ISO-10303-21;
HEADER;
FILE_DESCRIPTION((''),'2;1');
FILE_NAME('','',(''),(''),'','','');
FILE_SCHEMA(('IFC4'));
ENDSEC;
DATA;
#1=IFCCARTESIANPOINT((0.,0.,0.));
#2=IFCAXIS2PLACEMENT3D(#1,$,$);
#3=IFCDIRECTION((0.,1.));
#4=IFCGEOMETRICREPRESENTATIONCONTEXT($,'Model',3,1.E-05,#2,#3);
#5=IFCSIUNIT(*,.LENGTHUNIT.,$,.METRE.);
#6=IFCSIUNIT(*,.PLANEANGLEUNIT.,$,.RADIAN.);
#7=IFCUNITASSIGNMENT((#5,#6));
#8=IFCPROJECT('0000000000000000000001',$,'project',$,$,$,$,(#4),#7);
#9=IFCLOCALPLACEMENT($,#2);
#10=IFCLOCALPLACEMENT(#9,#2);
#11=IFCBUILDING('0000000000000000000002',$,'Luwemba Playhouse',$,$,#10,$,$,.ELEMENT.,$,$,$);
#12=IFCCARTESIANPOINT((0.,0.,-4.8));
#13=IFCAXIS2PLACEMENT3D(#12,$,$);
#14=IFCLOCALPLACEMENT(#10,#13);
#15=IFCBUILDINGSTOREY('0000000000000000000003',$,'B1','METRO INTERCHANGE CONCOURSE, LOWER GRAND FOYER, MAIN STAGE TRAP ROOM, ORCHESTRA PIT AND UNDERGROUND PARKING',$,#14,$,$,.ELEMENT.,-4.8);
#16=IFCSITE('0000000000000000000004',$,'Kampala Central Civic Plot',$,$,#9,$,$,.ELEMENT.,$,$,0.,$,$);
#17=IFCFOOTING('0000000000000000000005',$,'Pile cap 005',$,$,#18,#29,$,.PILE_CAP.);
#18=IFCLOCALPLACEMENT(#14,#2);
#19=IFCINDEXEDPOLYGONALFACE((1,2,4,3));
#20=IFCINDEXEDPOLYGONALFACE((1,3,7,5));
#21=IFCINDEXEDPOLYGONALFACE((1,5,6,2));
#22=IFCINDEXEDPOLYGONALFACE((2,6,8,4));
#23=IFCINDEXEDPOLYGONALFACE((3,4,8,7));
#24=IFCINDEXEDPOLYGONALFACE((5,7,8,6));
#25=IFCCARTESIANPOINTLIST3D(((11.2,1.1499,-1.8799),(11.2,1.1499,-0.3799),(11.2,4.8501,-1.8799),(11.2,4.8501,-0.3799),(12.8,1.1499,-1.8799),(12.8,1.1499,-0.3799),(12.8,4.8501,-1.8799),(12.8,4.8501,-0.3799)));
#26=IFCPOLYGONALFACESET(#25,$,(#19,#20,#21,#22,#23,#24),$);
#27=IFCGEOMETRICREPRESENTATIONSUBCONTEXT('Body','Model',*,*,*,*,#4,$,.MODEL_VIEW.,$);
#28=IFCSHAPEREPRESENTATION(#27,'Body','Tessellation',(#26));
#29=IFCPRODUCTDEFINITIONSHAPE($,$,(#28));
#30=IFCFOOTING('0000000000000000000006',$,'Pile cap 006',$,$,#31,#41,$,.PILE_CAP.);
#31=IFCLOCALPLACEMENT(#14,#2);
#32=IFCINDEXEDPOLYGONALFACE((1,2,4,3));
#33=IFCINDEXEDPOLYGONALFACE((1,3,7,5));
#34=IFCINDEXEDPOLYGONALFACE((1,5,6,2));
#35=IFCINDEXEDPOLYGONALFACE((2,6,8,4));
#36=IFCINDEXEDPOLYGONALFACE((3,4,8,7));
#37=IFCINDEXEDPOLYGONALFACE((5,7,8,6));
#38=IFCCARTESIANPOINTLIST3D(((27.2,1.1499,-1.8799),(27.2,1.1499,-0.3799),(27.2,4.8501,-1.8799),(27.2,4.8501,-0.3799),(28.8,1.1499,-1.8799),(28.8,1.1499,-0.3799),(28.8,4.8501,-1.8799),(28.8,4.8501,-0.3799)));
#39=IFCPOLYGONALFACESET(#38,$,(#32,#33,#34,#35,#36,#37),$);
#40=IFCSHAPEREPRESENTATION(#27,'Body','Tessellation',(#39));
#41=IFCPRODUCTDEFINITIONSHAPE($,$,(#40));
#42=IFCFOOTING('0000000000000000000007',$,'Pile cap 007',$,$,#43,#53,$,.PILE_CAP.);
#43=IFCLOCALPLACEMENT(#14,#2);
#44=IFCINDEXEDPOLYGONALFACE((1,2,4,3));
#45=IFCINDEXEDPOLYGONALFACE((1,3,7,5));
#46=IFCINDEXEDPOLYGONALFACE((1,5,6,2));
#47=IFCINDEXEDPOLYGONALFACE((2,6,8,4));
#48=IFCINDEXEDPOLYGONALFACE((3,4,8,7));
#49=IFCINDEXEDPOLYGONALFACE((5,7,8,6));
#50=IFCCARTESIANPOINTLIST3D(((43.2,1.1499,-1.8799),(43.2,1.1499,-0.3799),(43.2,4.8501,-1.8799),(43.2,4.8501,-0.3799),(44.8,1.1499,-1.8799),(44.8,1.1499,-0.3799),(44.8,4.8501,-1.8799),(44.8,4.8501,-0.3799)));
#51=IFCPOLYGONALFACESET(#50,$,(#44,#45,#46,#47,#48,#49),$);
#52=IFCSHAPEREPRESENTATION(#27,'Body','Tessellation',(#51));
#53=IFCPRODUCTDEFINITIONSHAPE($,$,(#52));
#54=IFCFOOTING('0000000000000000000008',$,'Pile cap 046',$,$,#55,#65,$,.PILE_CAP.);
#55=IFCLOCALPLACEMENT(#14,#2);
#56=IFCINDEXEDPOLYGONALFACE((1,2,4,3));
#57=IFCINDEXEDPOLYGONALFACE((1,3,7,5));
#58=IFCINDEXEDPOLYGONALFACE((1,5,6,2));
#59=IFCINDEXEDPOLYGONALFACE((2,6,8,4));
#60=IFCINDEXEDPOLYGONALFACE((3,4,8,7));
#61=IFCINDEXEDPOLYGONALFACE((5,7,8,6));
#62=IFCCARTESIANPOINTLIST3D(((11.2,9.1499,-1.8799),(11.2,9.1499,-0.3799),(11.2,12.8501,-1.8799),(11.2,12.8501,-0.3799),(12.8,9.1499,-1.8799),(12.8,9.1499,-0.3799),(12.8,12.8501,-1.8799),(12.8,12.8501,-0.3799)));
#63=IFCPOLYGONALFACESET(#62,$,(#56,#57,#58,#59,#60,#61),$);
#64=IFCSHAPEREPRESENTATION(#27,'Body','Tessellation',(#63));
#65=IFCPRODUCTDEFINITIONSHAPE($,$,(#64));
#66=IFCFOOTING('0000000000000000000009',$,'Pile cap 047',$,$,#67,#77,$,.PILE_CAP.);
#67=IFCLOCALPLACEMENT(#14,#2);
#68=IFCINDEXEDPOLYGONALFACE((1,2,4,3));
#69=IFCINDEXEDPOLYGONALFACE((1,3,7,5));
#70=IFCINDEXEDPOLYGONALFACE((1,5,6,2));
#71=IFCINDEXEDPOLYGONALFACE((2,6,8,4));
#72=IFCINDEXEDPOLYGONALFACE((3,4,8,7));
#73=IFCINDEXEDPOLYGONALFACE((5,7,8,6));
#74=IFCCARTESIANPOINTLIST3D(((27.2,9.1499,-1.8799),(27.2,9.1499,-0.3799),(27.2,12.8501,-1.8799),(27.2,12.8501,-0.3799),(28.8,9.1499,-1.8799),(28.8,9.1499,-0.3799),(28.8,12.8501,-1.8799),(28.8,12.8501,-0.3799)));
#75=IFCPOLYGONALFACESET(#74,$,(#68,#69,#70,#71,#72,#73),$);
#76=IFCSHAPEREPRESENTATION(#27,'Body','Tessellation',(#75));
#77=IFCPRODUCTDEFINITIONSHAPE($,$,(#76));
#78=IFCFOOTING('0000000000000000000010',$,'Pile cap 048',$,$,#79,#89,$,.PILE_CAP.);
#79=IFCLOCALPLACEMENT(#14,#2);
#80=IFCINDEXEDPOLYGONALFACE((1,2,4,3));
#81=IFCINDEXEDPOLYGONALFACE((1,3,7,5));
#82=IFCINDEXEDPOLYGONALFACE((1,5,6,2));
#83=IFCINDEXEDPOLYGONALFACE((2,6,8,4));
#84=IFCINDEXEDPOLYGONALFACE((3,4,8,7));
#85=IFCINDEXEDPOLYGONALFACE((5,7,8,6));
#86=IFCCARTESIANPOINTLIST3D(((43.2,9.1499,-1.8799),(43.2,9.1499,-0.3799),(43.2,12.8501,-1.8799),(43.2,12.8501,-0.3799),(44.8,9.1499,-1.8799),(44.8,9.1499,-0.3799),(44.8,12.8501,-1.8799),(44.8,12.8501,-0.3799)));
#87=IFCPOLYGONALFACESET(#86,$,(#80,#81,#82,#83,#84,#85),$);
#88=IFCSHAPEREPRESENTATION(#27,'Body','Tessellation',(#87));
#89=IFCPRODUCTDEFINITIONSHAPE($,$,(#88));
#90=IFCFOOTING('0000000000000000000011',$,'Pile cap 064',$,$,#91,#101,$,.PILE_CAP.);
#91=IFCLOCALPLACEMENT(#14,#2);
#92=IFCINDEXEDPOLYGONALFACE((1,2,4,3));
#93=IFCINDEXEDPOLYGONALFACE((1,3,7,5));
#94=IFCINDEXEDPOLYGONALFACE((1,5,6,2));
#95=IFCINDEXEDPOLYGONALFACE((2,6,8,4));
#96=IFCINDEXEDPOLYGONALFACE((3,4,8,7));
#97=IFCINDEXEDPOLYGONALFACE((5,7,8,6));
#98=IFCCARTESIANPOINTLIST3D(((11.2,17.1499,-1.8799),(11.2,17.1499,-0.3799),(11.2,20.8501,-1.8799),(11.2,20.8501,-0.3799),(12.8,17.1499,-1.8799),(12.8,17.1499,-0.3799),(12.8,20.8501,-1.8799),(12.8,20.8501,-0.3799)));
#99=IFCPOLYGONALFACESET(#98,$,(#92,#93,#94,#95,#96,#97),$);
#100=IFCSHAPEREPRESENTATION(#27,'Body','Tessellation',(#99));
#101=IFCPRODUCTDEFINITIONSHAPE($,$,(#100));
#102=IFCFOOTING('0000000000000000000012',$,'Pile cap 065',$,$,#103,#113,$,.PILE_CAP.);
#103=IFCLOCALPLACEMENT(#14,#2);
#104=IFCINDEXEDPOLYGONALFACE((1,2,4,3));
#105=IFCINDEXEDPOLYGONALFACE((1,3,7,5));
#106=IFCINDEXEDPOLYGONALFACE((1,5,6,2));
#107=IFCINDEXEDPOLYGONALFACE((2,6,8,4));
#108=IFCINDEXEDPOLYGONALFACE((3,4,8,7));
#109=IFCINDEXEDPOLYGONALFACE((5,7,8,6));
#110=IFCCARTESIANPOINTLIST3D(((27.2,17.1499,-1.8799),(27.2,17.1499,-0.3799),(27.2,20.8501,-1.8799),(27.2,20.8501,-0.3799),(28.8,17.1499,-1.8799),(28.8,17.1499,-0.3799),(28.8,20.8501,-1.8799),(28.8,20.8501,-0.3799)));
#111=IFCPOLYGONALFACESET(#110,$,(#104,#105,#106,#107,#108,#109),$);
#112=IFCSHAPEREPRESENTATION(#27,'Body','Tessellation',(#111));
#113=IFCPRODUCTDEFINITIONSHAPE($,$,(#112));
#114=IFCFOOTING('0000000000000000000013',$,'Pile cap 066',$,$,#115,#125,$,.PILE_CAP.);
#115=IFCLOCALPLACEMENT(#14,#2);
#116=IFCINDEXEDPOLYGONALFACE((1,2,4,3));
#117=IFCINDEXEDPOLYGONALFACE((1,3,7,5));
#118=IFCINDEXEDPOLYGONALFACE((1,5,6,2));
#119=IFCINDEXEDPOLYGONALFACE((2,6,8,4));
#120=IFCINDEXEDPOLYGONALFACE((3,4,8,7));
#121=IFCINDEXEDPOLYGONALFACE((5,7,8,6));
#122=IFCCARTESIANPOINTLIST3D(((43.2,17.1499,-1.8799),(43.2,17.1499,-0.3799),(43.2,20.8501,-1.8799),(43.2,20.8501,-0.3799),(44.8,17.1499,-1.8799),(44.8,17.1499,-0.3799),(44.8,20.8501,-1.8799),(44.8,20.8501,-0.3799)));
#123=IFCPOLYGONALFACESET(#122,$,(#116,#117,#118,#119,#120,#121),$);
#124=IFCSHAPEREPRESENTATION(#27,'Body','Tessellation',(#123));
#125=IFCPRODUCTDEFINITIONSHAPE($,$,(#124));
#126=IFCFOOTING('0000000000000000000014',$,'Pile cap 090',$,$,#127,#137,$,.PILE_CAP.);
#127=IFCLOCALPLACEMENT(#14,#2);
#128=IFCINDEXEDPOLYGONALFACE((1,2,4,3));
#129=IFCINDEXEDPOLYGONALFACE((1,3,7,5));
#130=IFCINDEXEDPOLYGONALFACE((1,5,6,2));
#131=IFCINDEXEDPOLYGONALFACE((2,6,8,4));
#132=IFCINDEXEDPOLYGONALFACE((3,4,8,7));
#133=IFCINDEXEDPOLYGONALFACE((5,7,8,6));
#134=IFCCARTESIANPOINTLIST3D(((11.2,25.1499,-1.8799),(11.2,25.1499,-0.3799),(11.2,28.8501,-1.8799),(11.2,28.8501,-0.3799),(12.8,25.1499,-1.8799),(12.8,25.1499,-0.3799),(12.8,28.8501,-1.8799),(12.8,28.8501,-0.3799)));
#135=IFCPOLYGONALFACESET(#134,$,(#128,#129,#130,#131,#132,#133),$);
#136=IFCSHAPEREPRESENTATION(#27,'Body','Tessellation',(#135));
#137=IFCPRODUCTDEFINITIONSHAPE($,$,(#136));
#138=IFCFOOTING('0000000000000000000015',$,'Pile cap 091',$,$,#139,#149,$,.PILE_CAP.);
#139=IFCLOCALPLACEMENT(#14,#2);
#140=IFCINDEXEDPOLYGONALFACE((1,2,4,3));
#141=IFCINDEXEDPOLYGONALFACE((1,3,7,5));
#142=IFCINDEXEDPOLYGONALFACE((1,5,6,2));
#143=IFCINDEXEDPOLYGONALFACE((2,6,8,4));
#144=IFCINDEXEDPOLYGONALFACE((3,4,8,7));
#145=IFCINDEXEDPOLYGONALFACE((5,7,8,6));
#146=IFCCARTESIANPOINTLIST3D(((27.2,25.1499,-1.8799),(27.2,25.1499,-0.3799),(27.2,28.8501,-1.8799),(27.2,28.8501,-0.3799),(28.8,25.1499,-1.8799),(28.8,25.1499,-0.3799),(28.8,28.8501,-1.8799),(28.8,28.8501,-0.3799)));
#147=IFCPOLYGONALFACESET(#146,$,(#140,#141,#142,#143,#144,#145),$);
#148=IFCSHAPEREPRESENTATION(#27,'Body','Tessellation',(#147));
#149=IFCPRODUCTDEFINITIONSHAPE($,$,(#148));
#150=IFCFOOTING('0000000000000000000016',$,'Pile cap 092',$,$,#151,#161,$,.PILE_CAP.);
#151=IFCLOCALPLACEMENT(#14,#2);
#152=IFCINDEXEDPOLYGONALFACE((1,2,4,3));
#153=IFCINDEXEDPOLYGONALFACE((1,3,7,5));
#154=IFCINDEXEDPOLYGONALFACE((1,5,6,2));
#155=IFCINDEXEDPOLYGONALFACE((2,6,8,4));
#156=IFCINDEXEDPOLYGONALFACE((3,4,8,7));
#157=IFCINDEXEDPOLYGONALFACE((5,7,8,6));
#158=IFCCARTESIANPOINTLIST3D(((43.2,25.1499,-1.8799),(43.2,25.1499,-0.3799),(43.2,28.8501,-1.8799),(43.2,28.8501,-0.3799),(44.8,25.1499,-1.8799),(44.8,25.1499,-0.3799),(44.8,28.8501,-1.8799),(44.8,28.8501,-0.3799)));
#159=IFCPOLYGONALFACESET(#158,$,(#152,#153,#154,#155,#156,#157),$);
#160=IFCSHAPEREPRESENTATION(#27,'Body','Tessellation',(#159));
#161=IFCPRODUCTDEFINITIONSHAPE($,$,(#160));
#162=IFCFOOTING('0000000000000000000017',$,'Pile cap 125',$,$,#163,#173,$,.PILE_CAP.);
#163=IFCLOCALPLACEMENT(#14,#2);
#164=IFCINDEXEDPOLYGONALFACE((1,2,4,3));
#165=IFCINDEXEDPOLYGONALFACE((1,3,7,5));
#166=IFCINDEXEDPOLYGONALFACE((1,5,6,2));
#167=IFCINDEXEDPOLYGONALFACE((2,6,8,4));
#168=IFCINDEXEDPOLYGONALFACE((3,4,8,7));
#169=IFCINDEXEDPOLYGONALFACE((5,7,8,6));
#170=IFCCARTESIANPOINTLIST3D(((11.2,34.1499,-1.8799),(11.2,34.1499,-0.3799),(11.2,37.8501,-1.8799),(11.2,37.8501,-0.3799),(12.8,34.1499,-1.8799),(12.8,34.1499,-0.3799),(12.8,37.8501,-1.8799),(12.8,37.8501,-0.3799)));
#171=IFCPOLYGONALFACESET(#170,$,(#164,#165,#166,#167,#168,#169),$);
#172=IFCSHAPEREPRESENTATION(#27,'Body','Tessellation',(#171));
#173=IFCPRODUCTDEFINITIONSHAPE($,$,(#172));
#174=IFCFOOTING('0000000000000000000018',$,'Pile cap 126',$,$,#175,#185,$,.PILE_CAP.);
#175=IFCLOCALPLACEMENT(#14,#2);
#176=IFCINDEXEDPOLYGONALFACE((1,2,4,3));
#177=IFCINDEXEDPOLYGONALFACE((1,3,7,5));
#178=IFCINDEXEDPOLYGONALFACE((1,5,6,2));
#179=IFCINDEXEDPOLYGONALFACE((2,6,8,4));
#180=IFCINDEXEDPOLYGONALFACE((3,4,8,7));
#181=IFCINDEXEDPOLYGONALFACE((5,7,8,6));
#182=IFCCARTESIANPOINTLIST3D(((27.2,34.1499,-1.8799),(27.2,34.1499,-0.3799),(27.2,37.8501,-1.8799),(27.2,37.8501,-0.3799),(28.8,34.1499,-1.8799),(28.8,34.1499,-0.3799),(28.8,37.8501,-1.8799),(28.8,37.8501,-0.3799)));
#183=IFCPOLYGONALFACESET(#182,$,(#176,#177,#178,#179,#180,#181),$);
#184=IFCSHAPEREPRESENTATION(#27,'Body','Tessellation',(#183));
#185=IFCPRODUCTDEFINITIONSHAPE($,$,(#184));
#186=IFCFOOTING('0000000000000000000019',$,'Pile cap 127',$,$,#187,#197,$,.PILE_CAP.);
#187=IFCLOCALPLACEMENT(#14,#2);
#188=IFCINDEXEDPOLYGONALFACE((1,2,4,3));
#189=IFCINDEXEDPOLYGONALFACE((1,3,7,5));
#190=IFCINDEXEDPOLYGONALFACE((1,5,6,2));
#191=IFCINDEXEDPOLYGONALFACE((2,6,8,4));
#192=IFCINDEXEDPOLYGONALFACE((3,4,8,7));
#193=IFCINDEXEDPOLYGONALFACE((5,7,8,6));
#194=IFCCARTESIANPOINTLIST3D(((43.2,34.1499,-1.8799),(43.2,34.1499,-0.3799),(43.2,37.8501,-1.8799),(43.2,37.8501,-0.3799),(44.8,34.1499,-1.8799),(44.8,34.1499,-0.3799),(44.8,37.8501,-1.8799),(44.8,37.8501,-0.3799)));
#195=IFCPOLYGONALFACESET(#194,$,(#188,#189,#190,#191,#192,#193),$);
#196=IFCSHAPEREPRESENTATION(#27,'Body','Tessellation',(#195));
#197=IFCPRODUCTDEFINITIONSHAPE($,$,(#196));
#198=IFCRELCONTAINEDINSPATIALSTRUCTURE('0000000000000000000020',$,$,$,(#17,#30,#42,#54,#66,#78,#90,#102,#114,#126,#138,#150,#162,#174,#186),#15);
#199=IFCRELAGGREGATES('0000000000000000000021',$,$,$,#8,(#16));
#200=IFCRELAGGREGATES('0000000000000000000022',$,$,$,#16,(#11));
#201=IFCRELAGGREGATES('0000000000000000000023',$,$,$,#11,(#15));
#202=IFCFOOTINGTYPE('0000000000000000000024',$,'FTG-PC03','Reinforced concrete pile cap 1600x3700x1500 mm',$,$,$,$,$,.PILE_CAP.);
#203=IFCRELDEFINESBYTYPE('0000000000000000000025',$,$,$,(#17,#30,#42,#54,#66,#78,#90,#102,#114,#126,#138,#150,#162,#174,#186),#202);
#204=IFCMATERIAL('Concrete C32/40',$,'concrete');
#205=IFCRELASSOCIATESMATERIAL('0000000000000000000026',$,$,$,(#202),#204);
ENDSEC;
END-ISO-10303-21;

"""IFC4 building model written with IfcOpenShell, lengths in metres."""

from ifc_helpers import new_model, si_unit, direction, frame, origin, place, context, subcontext, project, spatial, polyline, outline, extrude, material, type_object, element, save


model = new_model("IFC4")

# Units and contexts
model_context = context("Model", 3, precision=1e-05, world=origin(), true_north=direction((0.0, 1.0)))
body_context = subcontext(model_context, "Body", "Model", "MODEL_VIEW")
ifc_project = project(units=[si_unit("LENGTHUNIT", "METRE"), si_unit("PLANEANGLEUNIT", "RADIAN")], contexts=[model_context])

# Site, building, storey
site_placement = place(None, origin())
site = spatial("IfcSite", under=ifc_project, at=site_placement, Name="Kampala Central Civic Plot", CompositionType="ELEMENT", RefElevation=0.0)
building_placement = place(site_placement, origin())
building = spatial("IfcBuilding", under=site, at=building_placement, Name="Luwemba Playhouse", CompositionType="ELEMENT")
storey_placement = place(building_placement, frame((0.0, 0.0, -4.8)))
storey = spatial("IfcBuildingStorey", under=building, at=storey_placement, Name="B1", Description="METRO INTERCHANGE CONCOURSE, LOWER GRAND FOYER, MAIN STAGE TRAP ROOM, ORCHESTRA PIT AND UNDERGROUND PARKING", CompositionType="ELEMENT", Elevation=-4.8)

# Footings
ifc_material = material(Name="Concrete C32/40", Category="concrete")
footing_type_1 = type_object("IfcFootingType", Name="FTG-PC03", Description="Reinforced concrete pile cap 1600x3700x1500 mm", PredefinedType="PILE_CAP", material=ifc_material)
footing_1_placement = place(storey_placement, frame((0.0, 0.0, -1.8799)))
element("IfcFooting", 1, at=footing_1_placement, inside=storey, type_object=footing_type_1, Name="Pile cap 005", PredefinedType="PILE_CAP", context=body_context, shape_type="SweptSolid", body=[
    extrude(outline(polyline([(11.2, 1.1499), (12.8, 1.1499), (12.8, 4.8501), (11.2, 4.8501), (11.2, 1.1499)])), origin(), (0.0, 0.0, 1.0), 1.5),
])
footing_2_placement = place(storey_placement, frame((0.0, 0.0, -1.8799)))
element("IfcFooting", 2, at=footing_2_placement, inside=storey, type_object=footing_type_1, Name="Pile cap 006", PredefinedType="PILE_CAP", context=body_context, shape_type="SweptSolid", body=[
    extrude(outline(polyline([(27.2, 1.1499), (28.8, 1.1499), (28.8, 4.8501), (27.2, 4.8501), (27.2, 1.1499)])), origin(), (0.0, 0.0, 1.0), 1.5),
])
footing_3_placement = place(storey_placement, frame((0.0, 0.0, -1.8799)))
element("IfcFooting", 3, at=footing_3_placement, inside=storey, type_object=footing_type_1, Name="Pile cap 007", PredefinedType="PILE_CAP", context=body_context, shape_type="SweptSolid", body=[
    extrude(outline(polyline([(43.2, 1.1499), (44.8, 1.1499), (44.8, 4.8501), (43.2, 4.8501), (43.2, 1.1499)])), origin(), (0.0, 0.0, 1.0), 1.5),
])
footing_4_placement = place(storey_placement, frame((0.0, 0.0, -1.8799)))
element("IfcFooting", 4, at=footing_4_placement, inside=storey, type_object=footing_type_1, Name="Pile cap 046", PredefinedType="PILE_CAP", context=body_context, shape_type="SweptSolid", body=[
    extrude(outline(polyline([(11.2, 9.1499), (12.8, 9.1499), (12.8, 12.8501), (11.2, 12.8501), (11.2, 9.1499)])), origin(), (0.0, 0.0, 1.0), 1.5),
])
footing_5_placement = place(storey_placement, frame((0.0, 0.0, -1.8799)))
element("IfcFooting", 5, at=footing_5_placement, inside=storey, type_object=footing_type_1, Name="Pile cap 047", PredefinedType="PILE_CAP", context=body_context, shape_type="SweptSolid", body=[
    extrude(outline(polyline([(27.2, 9.1499), (28.8, 9.1499), (28.8, 12.8501), (27.2, 12.8501), (27.2, 9.1499)])), origin(), (0.0, 0.0, 1.0), 1.5),
])
footing_6_placement = place(storey_placement, frame((0.0, 0.0, -1.8799)))
element("IfcFooting", 6, at=footing_6_placement, inside=storey, type_object=footing_type_1, Name="Pile cap 048", PredefinedType="PILE_CAP", context=body_context, shape_type="SweptSolid", body=[
    extrude(outline(polyline([(43.2, 9.1499), (44.8, 9.1499), (44.8, 12.8501), (43.2, 12.8501), (43.2, 9.1499)])), origin(), (0.0, 0.0, 1.0), 1.5),
])
footing_7_placement = place(storey_placement, frame((0.0, 0.0, -1.8799)))
element("IfcFooting", 7, at=footing_7_placement, inside=storey, type_object=footing_type_1, Name="Pile cap 064", PredefinedType="PILE_CAP", context=body_context, shape_type="SweptSolid", body=[
    extrude(outline(polyline([(11.2, 17.1499), (12.8, 17.1499), (12.8, 20.8501), (11.2, 20.8501), (11.2, 17.1499)])), origin(), (0.0, 0.0, 1.0), 1.5),
])
footing_8_placement = place(storey_placement, frame((0.0, 0.0, -1.8799)))
element("IfcFooting", 8, at=footing_8_placement, inside=storey, type_object=footing_type_1, Name="Pile cap 065", PredefinedType="PILE_CAP", context=body_context, shape_type="SweptSolid", body=[
    extrude(outline(polyline([(27.2, 17.1499), (28.8, 17.1499), (28.8, 20.8501), (27.2, 20.8501), (27.2, 17.1499)])), origin(), (0.0, 0.0, 1.0), 1.5),
])
footing_9_placement = place(storey_placement, frame((0.0, 0.0, -1.8799)))
element("IfcFooting", 9, at=footing_9_placement, inside=storey, type_object=footing_type_1, Name="Pile cap 066", PredefinedType="PILE_CAP", context=body_context, shape_type="SweptSolid", body=[
    extrude(outline(polyline([(43.2, 17.1499), (44.8, 17.1499), (44.8, 20.8501), (43.2, 20.8501), (43.2, 17.1499)])), origin(), (0.0, 0.0, 1.0), 1.5),
])
footing_10_placement = place(storey_placement, frame((0.0, 0.0, -1.8799)))
element("IfcFooting", 10, at=footing_10_placement, inside=storey, type_object=footing_type_1, Name="Pile cap 090", PredefinedType="PILE_CAP", context=body_context, shape_type="SweptSolid", body=[
    extrude(outline(polyline([(11.2, 25.1499), (12.8, 25.1499), (12.8, 28.8501), (11.2, 28.8501), (11.2, 25.1499)])), origin(), (0.0, 0.0, 1.0), 1.5),
])
footing_11_placement = place(storey_placement, frame((0.0, 0.0, -1.8799)))
element("IfcFooting", 11, at=footing_11_placement, inside=storey, type_object=footing_type_1, Name="Pile cap 091", PredefinedType="PILE_CAP", context=body_context, shape_type="SweptSolid", body=[
    extrude(outline(polyline([(27.2, 25.1499), (28.8, 25.1499), (28.8, 28.8501), (27.2, 28.8501), (27.2, 25.1499)])), origin(), (0.0, 0.0, 1.0), 1.5),
])
footing_12_placement = place(storey_placement, frame((0.0, 0.0, -1.8799)))
element("IfcFooting", 12, at=footing_12_placement, inside=storey, type_object=footing_type_1, Name="Pile cap 092", PredefinedType="PILE_CAP", context=body_context, shape_type="SweptSolid", body=[
    extrude(outline(polyline([(43.2, 25.1499), (44.8, 25.1499), (44.8, 28.8501), (43.2, 28.8501), (43.2, 25.1499)])), origin(), (0.0, 0.0, 1.0), 1.5),
])
footing_13_placement = place(storey_placement, frame((0.0, 0.0, -1.8799)))
element("IfcFooting", 13, at=footing_13_placement, inside=storey, type_object=footing_type_1, Name="Pile cap 125", PredefinedType="PILE_CAP", context=body_context, shape_type="SweptSolid", body=[
    extrude(outline(polyline([(11.2, 34.1499), (12.8, 34.1499), (12.8, 37.8501), (11.2, 37.8501), (11.2, 34.1499)])), origin(), (0.0, 0.0, 1.0), 1.5),
])
footing_14_placement = place(storey_placement, frame((0.0, 0.0, -1.8799)))
element("IfcFooting", 14, at=footing_14_placement, inside=storey, type_object=footing_type_1, Name="Pile cap 126", PredefinedType="PILE_CAP", context=body_context, shape_type="SweptSolid", body=[
    extrude(outline(polyline([(27.2, 34.1499), (28.8, 34.1499), (28.8, 37.8501), (27.2, 37.8501), (27.2, 34.1499)])), origin(), (0.0, 0.0, 1.0), 1.5),
])
footing_15_placement = place(storey_placement, frame((0.0, 0.0, -1.8799)))
element("IfcFooting", 15, at=footing_15_placement, inside=storey, type_object=footing_type_1, Name="Pile cap 127", PredefinedType="PILE_CAP", context=body_context, shape_type="SweptSolid", body=[
    extrude(outline(polyline([(43.2, 34.1499), (44.8, 34.1499), (44.8, 37.8501), (43.2, 37.8501), (43.2, 34.1499)])), origin(), (0.0, 0.0, 1.0), 1.5),
])

save(model, "model.ifc")
